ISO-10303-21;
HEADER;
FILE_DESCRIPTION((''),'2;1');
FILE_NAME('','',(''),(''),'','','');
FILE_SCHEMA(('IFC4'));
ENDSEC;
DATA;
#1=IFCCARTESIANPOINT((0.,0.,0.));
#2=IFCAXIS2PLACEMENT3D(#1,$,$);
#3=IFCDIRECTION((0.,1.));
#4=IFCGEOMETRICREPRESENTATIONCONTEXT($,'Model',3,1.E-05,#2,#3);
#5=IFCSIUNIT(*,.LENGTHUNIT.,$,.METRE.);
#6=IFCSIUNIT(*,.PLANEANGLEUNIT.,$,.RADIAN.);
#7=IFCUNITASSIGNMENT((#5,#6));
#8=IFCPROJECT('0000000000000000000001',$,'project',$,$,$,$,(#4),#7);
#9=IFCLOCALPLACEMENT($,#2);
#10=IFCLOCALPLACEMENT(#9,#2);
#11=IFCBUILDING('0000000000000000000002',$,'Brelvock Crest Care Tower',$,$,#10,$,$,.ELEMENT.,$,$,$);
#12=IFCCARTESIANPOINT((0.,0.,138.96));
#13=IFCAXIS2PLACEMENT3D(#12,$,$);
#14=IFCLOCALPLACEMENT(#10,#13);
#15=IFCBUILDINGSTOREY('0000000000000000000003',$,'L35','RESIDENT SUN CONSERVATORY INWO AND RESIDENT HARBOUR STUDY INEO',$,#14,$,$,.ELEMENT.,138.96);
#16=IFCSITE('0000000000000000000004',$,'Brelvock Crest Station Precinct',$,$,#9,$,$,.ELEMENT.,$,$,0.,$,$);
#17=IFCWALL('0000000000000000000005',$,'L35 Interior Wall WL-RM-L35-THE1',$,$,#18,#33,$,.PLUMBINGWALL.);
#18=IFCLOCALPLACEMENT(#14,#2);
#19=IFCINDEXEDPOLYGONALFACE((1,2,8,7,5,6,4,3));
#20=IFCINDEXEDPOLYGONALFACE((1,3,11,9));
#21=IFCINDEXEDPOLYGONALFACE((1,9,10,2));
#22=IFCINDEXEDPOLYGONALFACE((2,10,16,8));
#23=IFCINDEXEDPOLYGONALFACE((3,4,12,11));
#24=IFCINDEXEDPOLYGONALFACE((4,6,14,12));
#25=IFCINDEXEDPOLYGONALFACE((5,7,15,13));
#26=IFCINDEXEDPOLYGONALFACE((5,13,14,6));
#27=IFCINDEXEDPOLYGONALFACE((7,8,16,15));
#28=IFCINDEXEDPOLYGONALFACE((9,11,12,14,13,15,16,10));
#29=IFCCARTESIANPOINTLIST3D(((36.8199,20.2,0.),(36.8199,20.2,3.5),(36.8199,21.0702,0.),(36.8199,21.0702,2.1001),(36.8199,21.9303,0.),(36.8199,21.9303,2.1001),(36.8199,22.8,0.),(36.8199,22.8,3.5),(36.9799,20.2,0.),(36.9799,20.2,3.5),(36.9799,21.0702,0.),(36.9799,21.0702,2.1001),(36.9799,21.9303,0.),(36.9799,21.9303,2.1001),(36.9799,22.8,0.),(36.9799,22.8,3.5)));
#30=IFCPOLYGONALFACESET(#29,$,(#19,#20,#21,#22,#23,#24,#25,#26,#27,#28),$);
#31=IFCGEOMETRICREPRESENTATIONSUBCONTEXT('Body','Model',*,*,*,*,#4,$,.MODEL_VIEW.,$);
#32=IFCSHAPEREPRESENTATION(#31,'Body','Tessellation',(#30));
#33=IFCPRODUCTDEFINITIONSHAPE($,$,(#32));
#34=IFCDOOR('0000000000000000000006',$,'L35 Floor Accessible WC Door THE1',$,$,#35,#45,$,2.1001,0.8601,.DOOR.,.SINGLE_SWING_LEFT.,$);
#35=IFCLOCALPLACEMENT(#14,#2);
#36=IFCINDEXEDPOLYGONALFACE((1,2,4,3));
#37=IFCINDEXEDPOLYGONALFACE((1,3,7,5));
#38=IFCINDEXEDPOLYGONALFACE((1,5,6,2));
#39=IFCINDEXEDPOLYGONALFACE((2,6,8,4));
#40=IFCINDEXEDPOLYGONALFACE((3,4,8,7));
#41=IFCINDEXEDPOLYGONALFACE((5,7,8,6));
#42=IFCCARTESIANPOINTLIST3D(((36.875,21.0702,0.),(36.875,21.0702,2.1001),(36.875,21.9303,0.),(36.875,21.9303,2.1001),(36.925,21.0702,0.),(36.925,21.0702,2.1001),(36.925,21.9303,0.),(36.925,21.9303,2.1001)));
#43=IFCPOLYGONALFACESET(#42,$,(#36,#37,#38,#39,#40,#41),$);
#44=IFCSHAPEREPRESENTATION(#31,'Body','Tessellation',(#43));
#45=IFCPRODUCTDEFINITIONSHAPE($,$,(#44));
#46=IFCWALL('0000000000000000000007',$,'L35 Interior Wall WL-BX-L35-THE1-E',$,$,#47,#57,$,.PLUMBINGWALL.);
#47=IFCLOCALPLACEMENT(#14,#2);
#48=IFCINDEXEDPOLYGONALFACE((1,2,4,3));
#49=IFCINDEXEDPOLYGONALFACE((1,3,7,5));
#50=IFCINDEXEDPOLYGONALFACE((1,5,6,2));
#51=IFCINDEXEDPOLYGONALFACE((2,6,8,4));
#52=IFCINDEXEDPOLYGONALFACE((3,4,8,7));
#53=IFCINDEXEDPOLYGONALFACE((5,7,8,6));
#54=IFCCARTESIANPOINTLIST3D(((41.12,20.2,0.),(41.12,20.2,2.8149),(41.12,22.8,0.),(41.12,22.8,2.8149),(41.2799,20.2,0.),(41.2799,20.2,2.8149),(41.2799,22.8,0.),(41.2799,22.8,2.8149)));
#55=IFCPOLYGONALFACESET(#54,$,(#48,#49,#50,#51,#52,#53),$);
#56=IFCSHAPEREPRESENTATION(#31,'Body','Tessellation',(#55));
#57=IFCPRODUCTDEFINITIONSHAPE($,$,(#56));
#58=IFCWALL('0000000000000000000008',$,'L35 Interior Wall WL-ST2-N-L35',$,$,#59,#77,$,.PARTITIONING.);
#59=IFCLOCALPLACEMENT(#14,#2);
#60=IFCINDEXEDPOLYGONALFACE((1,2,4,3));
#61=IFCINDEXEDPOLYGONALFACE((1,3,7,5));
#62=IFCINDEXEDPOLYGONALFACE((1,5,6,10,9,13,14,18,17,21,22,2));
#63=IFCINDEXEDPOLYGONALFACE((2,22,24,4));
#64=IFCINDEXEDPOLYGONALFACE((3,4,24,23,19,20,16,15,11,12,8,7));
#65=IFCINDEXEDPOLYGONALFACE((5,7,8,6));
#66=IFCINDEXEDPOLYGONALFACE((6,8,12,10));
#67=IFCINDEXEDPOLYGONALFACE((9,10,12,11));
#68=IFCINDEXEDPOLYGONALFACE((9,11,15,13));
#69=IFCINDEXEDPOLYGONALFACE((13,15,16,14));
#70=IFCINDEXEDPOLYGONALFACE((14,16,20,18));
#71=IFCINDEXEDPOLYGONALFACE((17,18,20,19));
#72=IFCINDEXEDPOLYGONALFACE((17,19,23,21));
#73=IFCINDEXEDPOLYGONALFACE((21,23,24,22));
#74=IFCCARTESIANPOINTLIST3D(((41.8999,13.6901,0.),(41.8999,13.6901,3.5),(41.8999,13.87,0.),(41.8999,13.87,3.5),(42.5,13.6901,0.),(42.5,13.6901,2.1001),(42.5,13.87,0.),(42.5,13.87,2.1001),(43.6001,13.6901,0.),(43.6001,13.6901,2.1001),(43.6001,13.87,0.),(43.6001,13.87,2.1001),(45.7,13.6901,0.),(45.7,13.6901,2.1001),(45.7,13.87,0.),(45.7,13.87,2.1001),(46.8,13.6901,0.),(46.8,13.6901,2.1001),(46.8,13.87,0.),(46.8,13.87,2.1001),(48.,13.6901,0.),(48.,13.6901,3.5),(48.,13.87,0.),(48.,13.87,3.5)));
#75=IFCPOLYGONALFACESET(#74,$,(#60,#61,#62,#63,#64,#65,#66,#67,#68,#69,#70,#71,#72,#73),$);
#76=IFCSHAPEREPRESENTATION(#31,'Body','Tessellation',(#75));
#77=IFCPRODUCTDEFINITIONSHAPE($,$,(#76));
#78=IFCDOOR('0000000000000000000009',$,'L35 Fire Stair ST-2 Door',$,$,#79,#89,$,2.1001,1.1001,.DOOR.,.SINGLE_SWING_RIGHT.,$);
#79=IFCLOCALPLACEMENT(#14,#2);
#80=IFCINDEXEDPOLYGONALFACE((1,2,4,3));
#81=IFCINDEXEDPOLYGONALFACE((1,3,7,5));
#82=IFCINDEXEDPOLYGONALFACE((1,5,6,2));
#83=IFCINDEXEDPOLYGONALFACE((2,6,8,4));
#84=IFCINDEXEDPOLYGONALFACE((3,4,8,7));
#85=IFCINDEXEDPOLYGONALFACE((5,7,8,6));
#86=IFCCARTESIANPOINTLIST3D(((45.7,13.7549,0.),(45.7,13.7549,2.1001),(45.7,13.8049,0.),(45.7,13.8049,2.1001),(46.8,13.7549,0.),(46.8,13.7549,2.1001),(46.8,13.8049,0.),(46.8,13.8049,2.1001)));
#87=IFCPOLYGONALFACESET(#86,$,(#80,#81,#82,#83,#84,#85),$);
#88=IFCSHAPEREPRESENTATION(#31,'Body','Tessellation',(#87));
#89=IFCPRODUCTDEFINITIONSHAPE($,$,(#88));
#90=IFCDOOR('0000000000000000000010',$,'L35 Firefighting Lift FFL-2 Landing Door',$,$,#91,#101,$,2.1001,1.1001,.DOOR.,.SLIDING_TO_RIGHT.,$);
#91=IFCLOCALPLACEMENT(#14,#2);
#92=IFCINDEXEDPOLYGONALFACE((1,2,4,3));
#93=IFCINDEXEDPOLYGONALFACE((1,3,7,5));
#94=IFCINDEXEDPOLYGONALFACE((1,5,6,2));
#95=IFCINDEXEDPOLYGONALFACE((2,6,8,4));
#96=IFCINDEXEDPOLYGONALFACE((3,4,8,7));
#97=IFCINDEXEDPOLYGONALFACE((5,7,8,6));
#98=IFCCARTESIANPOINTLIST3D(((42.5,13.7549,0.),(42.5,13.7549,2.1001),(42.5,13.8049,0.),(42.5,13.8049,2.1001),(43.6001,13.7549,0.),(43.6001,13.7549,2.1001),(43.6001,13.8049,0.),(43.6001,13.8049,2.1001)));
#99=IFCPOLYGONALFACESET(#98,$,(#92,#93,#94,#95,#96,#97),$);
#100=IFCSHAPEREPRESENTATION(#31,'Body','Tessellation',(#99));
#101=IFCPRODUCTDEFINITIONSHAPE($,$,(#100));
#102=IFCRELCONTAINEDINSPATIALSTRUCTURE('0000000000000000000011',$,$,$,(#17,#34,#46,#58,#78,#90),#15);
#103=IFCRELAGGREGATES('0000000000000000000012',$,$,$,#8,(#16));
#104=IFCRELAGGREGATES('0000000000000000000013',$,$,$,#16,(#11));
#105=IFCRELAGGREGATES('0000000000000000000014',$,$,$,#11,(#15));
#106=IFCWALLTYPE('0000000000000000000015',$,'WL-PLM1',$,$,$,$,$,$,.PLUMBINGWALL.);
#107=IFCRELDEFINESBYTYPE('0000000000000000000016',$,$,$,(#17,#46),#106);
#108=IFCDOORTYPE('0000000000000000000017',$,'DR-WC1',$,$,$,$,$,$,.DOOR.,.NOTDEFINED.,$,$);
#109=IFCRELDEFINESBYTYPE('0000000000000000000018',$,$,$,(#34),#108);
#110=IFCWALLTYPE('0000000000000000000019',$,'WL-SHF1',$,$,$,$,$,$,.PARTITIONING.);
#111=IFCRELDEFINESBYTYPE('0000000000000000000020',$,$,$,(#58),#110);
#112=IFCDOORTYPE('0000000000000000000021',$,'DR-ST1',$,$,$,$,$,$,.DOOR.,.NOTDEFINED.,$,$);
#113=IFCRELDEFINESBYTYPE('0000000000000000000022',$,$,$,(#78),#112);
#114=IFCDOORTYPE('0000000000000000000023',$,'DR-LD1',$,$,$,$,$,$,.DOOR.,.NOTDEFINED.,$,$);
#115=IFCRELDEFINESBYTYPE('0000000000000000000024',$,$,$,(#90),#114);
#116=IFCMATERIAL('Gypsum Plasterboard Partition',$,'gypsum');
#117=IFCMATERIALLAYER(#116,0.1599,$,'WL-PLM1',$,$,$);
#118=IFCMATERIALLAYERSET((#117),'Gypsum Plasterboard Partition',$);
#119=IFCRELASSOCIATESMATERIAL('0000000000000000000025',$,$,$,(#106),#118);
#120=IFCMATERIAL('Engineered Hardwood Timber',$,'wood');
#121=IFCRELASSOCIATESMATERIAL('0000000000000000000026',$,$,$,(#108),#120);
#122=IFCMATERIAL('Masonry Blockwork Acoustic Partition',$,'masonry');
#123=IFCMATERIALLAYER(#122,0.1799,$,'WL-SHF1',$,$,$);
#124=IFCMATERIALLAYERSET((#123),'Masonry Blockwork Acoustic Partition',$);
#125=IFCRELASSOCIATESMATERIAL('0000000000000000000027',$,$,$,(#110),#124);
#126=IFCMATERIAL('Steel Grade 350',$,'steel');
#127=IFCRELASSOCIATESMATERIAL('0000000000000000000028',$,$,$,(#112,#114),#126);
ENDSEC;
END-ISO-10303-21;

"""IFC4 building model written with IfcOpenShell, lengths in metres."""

from ifc_helpers import new_model, si_unit, direction, frame, frame_2d, origin, origin_2d, place, context, subcontext, project, spatial, rectangle, extrude, source, transform, mapped, material, layer, layer_set, type_object, element, fill, save


model = new_model("IFC4")

# Units and contexts
model_context = context("Model", 3, precision=1e-05, world=origin(), true_north=direction((0.0, 1.0)))
body_context = subcontext(model_context, "Body", "Model", "MODEL_VIEW")
ifc_project = project(units=[si_unit("LENGTHUNIT", "METRE"), si_unit("PLANEANGLEUNIT", "RADIAN")], contexts=[model_context])

# Site, building, storey
site_placement = place(None, origin())
site = spatial("IfcSite", under=ifc_project, at=site_placement, Name="Brelvock Crest Station Precinct", CompositionType="ELEMENT", RefElevation=0.0)
building_placement = place(site_placement, origin())
building = spatial("IfcBuilding", under=site, at=building_placement, Name="Brelvock Crest Care Tower", CompositionType="ELEMENT")
storey_placement = place(building_placement, frame((0.0, 0.0, 138.96)))
storey = spatial("IfcBuildingStorey", under=building, at=storey_placement, Name="L35", Description="RESIDENT SUN CONSERVATORY INWO AND RESIDENT HARBOUR STUDY INEO", CompositionType="ELEMENT", Elevation=138.96)

# Shared definitions
ifc_material_1 = material(Name="Steel Grade 350", Category="steel")

# Shared definitions
ifc_material_2 = material(Name="Masonry Blockwork Acoustic Partition", Category="masonry")

# Shared definitions
ifc_material_3 = material(Name="Engineered Hardwood Timber", Category="wood")

# Shared definitions
ifc_material_4 = material(Name="Gypsum Plasterboard Partition", Category="gypsum")
ifc_layer_1 = layer(ifc_material_4, 0.1599, Name="WL-PLM1")
ifc_layer_set_1 = layer_set([ifc_layer_1], Name="Gypsum Plasterboard Partition")
wall_type_1 = type_object("IfcWallType", Name="WL-PLM1", PredefinedType="PLUMBINGWALL", material=ifc_layer_set_1)

# Wall, opening, door
wall_1_placement = place(storey_placement, frame((36.8999, 20.2, 0.0), z_axis=(0.0, 0.0, 1.0), x_axis=(0.0, 1.0, 0.0)))
wall_1 = element("IfcWall", 1, at=wall_1_placement, inside=storey, type_object=wall_type_1, Name="L35 Interior Wall WL-RM-L35-THE1", PredefinedType="PLUMBINGWALL", context=body_context, shape_type="SweptSolid", body=[
    extrude(rectangle(XDim=2.6001, YDim=0.1599, at=frame_2d((1.3, 0.0))), origin(), (0.0, 0.0, 1.0), 3.5),
])
opening_1_placement = place(wall_1_placement, frame((0.8701, 0.0, 0.0)))
opening_1 = element("IfcOpeningElement", 2, at=opening_1_placement, cuts=wall_1, PredefinedType="OPENING", context=body_context, shape_type="SweptSolid", body=[
    extrude(rectangle(XDim=0.8601, YDim=2.1001, at=origin_2d()), frame((0.4302, 0.0898, 1.05), z_axis=(0.0, -1.0, 0.0), x_axis=(1.0, 0.0, 0.0)), (0.0, 0.0, 1.0), 0.1799),
])
door_type_1 = type_object("IfcDoorType", Name="DR-WC1", OperationType="NOTDEFINED", PredefinedType="DOOR", material=ifc_material_3)
shared_shape_1 = source(origin(), body_context, "Body", "SweptSolid", [
    extrude(rectangle(XDim=0.8601, YDim=2.1001, at=origin_2d()), frame((0.4302, 0.0249, 1.05), z_axis=(0.0, -1.0, 0.0), x_axis=(1.0, 0.0, 0.0)), (0.0, 0.0, 1.0), 0.05),
])
door_1_placement = place(opening_1_placement, origin())
door_1 = element("IfcDoor", 3, at=door_1_placement, inside=storey, type_object=door_type_1, Name="L35 Floor Accessible WC Door THE1", OperationType="SINGLE_SWING_LEFT", OverallHeight=2.1001, OverallWidth=0.8601, PredefinedType="DOOR", context=body_context, shape_type="MappedRepresentation", body=[
    mapped(shared_shape_1, transform((0.0, 0.0, 0.0), x_axis=(1.0, 0.0, 0.0), y_axis=(0.0, 1.0, 0.0), z_axis=(0.0, 0.0, 1.0), scale=1.0)),
])
fill(opening_1, door_1)

# Wall
wall_2_placement = place(storey_placement, frame((41.2, 20.2, 0.0), z_axis=(0.0, 0.0, 1.0), x_axis=(0.0, 1.0, 0.0)))
element("IfcWall", 4, at=wall_2_placement, inside=storey, type_object=wall_type_1, Name="L35 Interior Wall WL-BX-L35-THE1-E", PredefinedType="PLUMBINGWALL", context=body_context, shape_type="SweptSolid", body=[
    extrude(rectangle(XDim=2.6001, YDim=0.1599, at=frame_2d((1.3, 0.0))), origin(), (0.0, 0.0, 1.0), 2.8149),
])

# Wall, openings, doors
ifc_layer_2 = layer(ifc_material_2, 0.1799, Name="WL-SHF1")
ifc_layer_set_2 = layer_set([ifc_layer_2], Name="Masonry Blockwork Acoustic Partition")
wall_type_2 = type_object("IfcWallType", Name="WL-SHF1", PredefinedType="PARTITIONING", material=ifc_layer_set_2)
wall_3_placement = place(storey_placement, frame((41.8999, 13.78, 0.0), z_axis=(0.0, 0.0, 1.0), x_axis=(1.0, 0.0, 0.0)))
wall_3 = element("IfcWall", 5, at=wall_3_placement, inside=storey, type_object=wall_type_2, Name="L35 Interior Wall WL-ST2-N-L35", PredefinedType="PARTITIONING", context=body_context, shape_type="SweptSolid", body=[
    extrude(rectangle(XDim=6.1001, YDim=0.1799, at=frame_2d((3.05, 0.0))), origin(), (0.0, 0.0, 1.0), 3.5),
])
opening_2_placement = place(wall_3_placement, frame((0.6001, 0.0, 0.0)))
opening_2 = element("IfcOpeningElement", 6, at=opening_2_placement, cuts=wall_3, PredefinedType="OPENING", context=body_context, shape_type="SweptSolid", body=[
    extrude(rectangle(XDim=1.1001, YDim=2.1001, at=origin_2d()), frame((0.55, 0.1001, 1.05), z_axis=(0.0, -1.0, 0.0), x_axis=(1.0, 0.0, 0.0)), (0.0, 0.0, 1.0), 0.2),
])
opening_3_placement = place(wall_3_placement, frame((3.8, 0.0, 0.0)))
opening_3 = element("IfcOpeningElement", 7, at=opening_3_placement, cuts=wall_3, PredefinedType="OPENING", context=body_context, shape_type="SweptSolid", body=[
    extrude(rectangle(XDim=1.1001, YDim=2.1001, at=origin_2d()), frame((0.55, 0.1001, 1.05), z_axis=(0.0, -1.0, 0.0), x_axis=(1.0, 0.0, 0.0)), (0.0, 0.0, 1.0), 0.2),
])
door_type_2 = type_object("IfcDoorType", Name="DR-ST1", OperationType="NOTDEFINED", PredefinedType="DOOR", material=ifc_material_1)
shared_shape_2 = source(origin(), body_context, "Body", "SweptSolid", [
    extrude(rectangle(XDim=1.1001, YDim=2.1001, at=origin_2d()), frame((0.55, 0.0249, 1.05), z_axis=(0.0, -1.0, 0.0), x_axis=(1.0, 0.0, 0.0)), (0.0, 0.0, 1.0), 0.05),
])
door_2_placement = place(opening_3_placement, origin())
door_2 = element("IfcDoor", 8, at=door_2_placement, inside=storey, type_object=door_type_2, Name="L35 Fire Stair ST-2 Door", OperationType="SINGLE_SWING_RIGHT", OverallHeight=2.1001, OverallWidth=1.1001, PredefinedType="DOOR", context=body_context, shape_type="MappedRepresentation", body=[
    mapped(shared_shape_2, transform((0.0, 0.0, 0.0), x_axis=(1.0, 0.0, 0.0), y_axis=(0.0, 1.0, 0.0), z_axis=(0.0, 0.0, 1.0), scale=1.0)),
])
fill(opening_3, door_2)
door_type_3 = type_object("IfcDoorType", Name="DR-LD1", OperationType="NOTDEFINED", PredefinedType="DOOR", material=ifc_material_1)
shared_shape_3 = source(origin(), body_context, "Body", "SweptSolid", [
    extrude(rectangle(XDim=1.1001, YDim=2.1001, at=origin_2d()), frame((0.55, 0.0249, 1.05), z_axis=(0.0, -1.0, 0.0), x_axis=(1.0, 0.0, 0.0)), (0.0, 0.0, 1.0), 0.05),
])
door_3_placement = place(opening_2_placement, origin())
door_3 = element("IfcDoor", 9, at=door_3_placement, inside=storey, type_object=door_type_3, Name="L35 Firefighting Lift FFL-2 Landing Door", OperationType="SLIDING_TO_RIGHT", OverallHeight=2.1001, OverallWidth=1.1001, PredefinedType="DOOR", context=body_context, shape_type="MappedRepresentation", body=[
    mapped(shared_shape_3, transform((0.0, 0.0, 0.0), x_axis=(1.0, 0.0, 0.0), y_axis=(0.0, 1.0, 0.0), z_axis=(0.0, 0.0, 1.0), scale=1.0)),
])
fill(opening_2, door_3)

save(model, "model.ifc")
